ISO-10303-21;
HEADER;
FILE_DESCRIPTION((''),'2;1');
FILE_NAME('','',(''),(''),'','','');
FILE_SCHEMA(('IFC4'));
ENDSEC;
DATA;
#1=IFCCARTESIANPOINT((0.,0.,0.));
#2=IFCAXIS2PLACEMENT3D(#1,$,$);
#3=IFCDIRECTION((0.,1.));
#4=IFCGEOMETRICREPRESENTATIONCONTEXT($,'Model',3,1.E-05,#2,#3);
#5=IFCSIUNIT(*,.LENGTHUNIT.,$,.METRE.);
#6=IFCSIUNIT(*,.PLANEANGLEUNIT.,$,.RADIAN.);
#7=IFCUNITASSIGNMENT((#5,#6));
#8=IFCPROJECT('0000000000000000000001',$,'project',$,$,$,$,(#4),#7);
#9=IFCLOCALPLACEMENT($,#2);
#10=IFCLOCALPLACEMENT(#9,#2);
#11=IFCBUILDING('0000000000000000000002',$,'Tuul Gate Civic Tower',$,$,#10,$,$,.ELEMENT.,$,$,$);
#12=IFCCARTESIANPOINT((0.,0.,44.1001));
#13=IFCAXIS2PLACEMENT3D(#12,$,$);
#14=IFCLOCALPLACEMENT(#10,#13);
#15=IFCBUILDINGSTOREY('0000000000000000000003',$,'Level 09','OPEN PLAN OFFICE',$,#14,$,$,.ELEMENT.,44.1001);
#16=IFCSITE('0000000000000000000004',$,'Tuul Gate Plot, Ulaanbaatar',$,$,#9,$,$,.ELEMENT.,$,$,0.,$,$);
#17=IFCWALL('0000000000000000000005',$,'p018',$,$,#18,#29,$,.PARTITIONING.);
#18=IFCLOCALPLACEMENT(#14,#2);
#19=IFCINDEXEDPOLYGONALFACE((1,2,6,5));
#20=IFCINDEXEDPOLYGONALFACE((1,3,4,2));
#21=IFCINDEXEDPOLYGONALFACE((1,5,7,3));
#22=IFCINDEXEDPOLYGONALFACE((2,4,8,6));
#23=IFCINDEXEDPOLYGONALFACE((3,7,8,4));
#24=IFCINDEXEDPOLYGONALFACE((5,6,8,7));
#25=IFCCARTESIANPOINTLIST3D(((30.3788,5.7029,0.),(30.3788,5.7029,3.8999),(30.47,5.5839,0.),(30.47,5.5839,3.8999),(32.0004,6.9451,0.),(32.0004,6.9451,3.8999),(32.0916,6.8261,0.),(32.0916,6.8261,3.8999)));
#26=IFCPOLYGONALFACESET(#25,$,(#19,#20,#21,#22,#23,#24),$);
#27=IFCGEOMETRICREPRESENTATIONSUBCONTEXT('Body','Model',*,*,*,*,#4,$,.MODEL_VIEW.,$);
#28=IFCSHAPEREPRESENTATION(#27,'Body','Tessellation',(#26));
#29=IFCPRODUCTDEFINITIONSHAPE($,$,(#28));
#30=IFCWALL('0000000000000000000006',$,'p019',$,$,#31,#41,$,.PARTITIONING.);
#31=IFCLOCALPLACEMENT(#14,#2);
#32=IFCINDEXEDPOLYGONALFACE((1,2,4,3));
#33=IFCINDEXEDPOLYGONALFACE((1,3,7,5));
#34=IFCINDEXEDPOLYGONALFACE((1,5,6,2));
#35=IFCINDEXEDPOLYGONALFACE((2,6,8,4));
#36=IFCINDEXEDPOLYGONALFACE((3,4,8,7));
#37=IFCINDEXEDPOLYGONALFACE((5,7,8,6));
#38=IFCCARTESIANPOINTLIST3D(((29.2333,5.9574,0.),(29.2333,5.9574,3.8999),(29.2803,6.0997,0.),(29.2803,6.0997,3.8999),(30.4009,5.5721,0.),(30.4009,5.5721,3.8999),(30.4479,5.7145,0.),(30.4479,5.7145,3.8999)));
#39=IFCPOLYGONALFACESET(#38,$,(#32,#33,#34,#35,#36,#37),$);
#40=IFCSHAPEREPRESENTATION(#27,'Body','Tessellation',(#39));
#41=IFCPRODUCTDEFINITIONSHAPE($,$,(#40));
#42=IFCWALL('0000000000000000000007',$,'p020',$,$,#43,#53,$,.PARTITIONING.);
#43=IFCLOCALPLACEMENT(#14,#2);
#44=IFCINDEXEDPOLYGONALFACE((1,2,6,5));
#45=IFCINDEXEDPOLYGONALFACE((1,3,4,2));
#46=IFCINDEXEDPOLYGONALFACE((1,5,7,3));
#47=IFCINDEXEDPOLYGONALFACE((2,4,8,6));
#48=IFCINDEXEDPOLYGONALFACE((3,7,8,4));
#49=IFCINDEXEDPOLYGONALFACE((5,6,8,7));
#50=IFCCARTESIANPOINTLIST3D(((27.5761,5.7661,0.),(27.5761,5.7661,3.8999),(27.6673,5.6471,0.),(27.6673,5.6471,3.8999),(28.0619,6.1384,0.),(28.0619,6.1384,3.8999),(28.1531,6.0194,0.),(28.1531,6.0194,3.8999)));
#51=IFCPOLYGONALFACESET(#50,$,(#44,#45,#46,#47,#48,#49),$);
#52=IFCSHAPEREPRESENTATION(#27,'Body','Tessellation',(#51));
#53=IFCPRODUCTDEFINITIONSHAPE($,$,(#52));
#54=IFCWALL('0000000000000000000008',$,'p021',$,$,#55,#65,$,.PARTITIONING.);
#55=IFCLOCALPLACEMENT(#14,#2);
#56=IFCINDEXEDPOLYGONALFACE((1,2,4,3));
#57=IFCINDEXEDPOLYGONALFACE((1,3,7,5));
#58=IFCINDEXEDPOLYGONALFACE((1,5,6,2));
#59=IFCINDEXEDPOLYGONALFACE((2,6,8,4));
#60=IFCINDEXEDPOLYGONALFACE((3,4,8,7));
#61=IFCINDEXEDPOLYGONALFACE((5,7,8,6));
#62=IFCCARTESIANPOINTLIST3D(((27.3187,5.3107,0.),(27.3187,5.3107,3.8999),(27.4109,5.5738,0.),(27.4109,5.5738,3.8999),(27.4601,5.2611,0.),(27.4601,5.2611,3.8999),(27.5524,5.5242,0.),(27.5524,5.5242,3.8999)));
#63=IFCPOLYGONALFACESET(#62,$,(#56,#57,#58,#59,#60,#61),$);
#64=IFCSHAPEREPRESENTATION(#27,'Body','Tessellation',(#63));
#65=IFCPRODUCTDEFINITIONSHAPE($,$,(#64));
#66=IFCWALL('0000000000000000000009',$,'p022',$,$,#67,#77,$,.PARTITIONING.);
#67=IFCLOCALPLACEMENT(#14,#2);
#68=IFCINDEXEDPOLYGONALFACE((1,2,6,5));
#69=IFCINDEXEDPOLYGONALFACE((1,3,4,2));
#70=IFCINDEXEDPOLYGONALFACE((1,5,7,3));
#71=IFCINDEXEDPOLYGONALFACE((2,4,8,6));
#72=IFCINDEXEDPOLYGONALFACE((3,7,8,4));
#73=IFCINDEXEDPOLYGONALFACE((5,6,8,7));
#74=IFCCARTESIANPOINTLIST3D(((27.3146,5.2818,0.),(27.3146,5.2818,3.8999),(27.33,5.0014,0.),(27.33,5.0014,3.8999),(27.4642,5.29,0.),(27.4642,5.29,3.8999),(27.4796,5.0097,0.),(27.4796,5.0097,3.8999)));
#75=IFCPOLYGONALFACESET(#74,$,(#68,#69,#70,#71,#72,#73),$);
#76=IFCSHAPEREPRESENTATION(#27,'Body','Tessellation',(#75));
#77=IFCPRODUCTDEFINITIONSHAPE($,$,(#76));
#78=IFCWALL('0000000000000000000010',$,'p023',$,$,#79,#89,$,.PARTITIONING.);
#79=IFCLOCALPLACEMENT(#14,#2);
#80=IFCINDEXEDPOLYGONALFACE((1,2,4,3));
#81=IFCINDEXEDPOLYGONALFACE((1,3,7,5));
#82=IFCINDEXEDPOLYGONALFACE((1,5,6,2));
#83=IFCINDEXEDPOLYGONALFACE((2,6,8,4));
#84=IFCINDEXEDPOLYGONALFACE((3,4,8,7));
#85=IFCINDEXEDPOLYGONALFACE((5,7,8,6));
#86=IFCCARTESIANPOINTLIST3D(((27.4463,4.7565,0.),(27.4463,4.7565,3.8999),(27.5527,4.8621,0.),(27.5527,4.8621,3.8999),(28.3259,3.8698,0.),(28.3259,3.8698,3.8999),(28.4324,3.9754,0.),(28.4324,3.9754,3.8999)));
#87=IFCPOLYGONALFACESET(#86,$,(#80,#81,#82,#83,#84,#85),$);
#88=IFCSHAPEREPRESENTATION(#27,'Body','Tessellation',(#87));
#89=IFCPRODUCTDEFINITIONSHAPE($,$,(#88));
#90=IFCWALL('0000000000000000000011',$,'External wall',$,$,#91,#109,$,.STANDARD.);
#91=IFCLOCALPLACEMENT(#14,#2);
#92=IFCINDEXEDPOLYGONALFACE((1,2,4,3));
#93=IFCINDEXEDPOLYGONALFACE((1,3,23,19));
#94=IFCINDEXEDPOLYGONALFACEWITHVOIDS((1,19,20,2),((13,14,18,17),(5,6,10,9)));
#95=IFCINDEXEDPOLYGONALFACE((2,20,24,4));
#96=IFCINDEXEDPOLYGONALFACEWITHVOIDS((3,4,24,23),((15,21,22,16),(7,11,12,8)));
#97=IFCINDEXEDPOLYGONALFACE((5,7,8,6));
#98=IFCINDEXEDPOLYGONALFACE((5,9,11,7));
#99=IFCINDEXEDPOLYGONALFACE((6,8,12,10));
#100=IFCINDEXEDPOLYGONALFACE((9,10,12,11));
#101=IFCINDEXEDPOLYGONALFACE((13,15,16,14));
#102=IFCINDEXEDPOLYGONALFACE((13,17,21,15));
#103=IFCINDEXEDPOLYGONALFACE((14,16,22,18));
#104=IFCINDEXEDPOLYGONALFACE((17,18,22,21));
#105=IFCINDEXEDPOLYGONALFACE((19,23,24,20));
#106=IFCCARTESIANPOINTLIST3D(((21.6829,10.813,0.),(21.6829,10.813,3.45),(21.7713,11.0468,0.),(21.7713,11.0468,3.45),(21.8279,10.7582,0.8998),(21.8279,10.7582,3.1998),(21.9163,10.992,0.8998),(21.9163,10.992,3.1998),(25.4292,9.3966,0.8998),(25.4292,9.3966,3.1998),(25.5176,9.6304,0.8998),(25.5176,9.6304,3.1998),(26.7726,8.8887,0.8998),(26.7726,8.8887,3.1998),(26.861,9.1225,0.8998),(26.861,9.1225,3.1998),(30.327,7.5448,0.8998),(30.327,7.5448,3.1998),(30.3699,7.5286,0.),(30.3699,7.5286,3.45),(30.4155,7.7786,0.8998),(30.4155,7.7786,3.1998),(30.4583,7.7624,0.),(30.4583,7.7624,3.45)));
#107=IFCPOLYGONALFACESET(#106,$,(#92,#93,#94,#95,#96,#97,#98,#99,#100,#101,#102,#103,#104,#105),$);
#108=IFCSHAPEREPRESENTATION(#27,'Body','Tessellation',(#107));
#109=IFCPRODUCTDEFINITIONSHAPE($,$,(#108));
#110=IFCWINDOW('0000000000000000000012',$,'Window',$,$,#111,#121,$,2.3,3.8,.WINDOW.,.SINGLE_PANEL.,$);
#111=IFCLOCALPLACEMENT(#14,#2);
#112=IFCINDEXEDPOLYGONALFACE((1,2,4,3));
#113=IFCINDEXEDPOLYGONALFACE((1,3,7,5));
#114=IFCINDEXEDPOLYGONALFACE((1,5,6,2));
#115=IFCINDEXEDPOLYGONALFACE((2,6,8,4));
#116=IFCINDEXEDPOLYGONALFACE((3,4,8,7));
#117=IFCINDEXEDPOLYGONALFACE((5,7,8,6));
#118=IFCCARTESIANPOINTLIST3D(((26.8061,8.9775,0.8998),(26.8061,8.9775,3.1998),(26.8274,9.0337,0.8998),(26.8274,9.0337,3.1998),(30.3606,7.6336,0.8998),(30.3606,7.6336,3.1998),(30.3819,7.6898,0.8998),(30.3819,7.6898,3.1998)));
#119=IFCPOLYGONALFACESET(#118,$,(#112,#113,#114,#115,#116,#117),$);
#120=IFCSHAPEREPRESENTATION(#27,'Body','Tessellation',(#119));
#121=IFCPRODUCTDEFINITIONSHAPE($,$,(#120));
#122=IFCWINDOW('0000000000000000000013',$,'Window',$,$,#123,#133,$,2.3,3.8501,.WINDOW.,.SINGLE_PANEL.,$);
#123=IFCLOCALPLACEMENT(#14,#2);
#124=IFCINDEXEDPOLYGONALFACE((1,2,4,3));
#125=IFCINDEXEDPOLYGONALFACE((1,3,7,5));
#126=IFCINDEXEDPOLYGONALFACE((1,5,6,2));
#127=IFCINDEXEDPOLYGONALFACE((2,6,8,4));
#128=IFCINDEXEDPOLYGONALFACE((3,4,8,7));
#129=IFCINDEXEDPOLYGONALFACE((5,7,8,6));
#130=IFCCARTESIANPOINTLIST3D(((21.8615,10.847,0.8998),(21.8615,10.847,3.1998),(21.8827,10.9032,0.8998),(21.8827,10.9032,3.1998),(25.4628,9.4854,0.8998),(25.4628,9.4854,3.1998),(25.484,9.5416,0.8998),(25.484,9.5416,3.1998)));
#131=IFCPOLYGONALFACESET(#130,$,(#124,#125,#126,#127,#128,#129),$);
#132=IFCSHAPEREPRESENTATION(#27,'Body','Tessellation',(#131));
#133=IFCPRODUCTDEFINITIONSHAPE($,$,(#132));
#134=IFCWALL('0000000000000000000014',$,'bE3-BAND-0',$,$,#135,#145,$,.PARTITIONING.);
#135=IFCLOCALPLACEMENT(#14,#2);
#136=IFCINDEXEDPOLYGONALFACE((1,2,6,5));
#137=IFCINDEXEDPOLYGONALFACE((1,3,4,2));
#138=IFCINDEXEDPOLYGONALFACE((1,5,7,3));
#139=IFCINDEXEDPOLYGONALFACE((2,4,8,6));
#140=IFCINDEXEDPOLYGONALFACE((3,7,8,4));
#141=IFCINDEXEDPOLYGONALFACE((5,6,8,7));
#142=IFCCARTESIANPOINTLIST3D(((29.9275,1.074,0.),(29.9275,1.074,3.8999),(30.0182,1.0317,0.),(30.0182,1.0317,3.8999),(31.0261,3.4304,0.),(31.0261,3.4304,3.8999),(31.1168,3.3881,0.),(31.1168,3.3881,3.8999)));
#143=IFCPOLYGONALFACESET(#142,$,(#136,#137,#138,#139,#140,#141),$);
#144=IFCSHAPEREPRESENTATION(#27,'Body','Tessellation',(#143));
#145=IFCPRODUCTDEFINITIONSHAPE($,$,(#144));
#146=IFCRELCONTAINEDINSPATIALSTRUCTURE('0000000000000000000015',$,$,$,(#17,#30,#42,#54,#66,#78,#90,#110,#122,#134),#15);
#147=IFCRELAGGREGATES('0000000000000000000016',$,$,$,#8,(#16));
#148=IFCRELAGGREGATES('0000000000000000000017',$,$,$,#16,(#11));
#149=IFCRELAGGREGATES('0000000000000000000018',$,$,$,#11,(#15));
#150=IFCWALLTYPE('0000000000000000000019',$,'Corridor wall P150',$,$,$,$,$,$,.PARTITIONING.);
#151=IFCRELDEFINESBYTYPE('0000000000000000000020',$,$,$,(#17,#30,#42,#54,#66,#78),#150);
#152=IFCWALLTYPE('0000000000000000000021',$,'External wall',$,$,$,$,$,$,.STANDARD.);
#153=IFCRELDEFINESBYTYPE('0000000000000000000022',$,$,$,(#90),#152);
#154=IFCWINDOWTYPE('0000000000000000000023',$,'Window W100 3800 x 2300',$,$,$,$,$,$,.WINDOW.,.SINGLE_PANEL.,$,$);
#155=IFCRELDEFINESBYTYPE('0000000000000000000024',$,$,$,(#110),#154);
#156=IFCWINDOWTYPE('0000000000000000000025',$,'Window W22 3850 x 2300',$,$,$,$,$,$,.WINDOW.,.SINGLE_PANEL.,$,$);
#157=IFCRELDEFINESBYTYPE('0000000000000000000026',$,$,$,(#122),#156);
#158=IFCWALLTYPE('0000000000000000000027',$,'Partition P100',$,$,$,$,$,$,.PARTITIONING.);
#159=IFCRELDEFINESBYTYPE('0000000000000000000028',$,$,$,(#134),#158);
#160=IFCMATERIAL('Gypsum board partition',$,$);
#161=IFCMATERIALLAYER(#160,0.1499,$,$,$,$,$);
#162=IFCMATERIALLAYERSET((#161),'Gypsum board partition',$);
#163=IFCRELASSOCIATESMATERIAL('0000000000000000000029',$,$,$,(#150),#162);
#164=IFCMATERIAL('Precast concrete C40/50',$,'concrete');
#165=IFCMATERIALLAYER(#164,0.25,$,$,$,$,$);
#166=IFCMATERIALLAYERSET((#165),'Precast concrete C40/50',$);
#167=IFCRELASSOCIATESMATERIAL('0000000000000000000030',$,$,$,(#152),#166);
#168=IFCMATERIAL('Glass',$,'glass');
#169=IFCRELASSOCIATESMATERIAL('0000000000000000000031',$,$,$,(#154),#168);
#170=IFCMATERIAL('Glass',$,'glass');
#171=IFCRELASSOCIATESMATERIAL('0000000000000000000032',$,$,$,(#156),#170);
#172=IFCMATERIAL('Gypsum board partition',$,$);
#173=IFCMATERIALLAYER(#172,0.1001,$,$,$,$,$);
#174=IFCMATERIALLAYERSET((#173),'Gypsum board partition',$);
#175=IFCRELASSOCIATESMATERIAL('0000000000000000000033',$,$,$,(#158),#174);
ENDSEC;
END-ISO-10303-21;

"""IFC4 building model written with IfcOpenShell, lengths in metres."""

from ifc_helpers import new_model, si_unit, direction, frame, frame_2d, origin, place, context, subcontext, project, spatial, rectangle, extrude, material, layer, layer_set, type_object, element, fill, save


model = new_model("IFC4")

# Units and contexts
model_context = context("Model", 3, precision=1e-05, world=origin(), true_north=direction((0.0, 1.0)))
body_context = subcontext(model_context, "Body", "Model", "MODEL_VIEW")
ifc_project = project(units=[si_unit("LENGTHUNIT", "METRE"), si_unit("PLANEANGLEUNIT", "RADIAN")], contexts=[model_context])

# Site, building, storey
site_placement = place(None, origin())
site = spatial("IfcSite", under=ifc_project, at=site_placement, Name="Tuul Gate Plot, Ulaanbaatar", CompositionType="ELEMENT", RefElevation=0.0)
building_placement = place(site_placement, origin())
building = spatial("IfcBuilding", under=site, at=building_placement, Name="Tuul Gate Civic Tower", CompositionType="ELEMENT")
storey_placement = place(building_placement, frame((0.0, 0.0, 44.1001)))
storey = spatial("IfcBuildingStorey", under=building, at=storey_placement, Name="Level 09", Description="OPEN PLAN OFFICE", CompositionType="ELEMENT", Elevation=44.1001)

# Walls
ifc_material_1 = material(Name="Gypsum board partition")
ifc_layer_1 = layer(ifc_material_1, 0.1499)
ifc_layer_set_1 = layer_set([ifc_layer_1], Name="Gypsum board partition")
wall_type_1 = type_object("IfcWallType", Name="Corridor wall P150", PredefinedType="PARTITIONING", material=ifc_layer_set_1)
wall_1_placement = place(storey_placement, frame((30.4243, 5.6433, 0.0), z_axis=(0.0, 0.0, 1.0), x_axis=(0.793849, 0.608115, 0.0)))
element("IfcWall", 1, at=wall_1_placement, inside=storey, type_object=wall_type_1, Name="p018", PredefinedType="PARTITIONING", context=body_context, shape_type="SweptSolid", body=[
    extrude(rectangle(XDim=2.0427, YDim=0.1499, at=frame_2d((1.0215, 0.0))), origin(), (0.0, 0.0, 1.0), 3.8999),
])
wall_2_placement = place(storey_placement, frame((29.2568, 6.0286, 0.0), z_axis=(0.0, 0.0, 1.0), x_axis=(0.949632, -0.313367, 0.0)))
element("IfcWall", 2, at=wall_2_placement, inside=storey, type_object=wall_type_1, Name="p019", PredefinedType="PARTITIONING", context=body_context, shape_type="SweptSolid", body=[
    extrude(rectangle(XDim=1.2295, YDim=0.1499, at=frame_2d((0.6147, 0.0))), origin(), (0.0, 0.0, 1.0), 3.8999),
])
wall_3_placement = place(storey_placement, frame((27.6216, 5.7065, 0.0), z_axis=(0.0, 0.0, 1.0), x_axis=(0.793735, 0.608264, 0.0)))
element("IfcWall", 3, at=wall_3_placement, inside=storey, type_object=wall_type_1, Name="p020", PredefinedType="PARTITIONING", context=body_context, shape_type="SweptSolid", body=[
    extrude(rectangle(XDim=0.6121, YDim=0.1499, at=frame_2d((0.3062, 0.0))), origin(), (0.0, 0.0, 1.0), 3.8999),
])
wall_4_placement = place(storey_placement, frame((27.3894, 5.2859, 0.0), z_axis=(0.0, 0.0, 1.0), x_axis=(0.330896, 0.943667, 0.0)))
element("IfcWall", 4, at=wall_4_placement, inside=storey, type_object=wall_type_1, Name="p021", PredefinedType="PARTITIONING", context=body_context, shape_type="SweptSolid", body=[
    extrude(rectangle(XDim=0.2788, YDim=0.1499, at=frame_2d((0.1394, 0.0))), origin(), (0.0, 0.0, 1.0), 3.8999),
])
wall_5_placement = place(storey_placement, frame((27.3894, 5.2859, 0.0), z_axis=(0.0, 0.0, 1.0), x_axis=(0.054796, -0.998498, 0.0)))
element("IfcWall", 5, at=wall_5_placement, inside=storey, type_object=wall_type_1, Name="p022", PredefinedType="PARTITIONING", context=body_context, shape_type="SweptSolid", body=[
    extrude(rectangle(XDim=0.2808, YDim=0.1499, at=frame_2d((0.1404, 0.0))), origin(), (0.0, 0.0, 1.0), 3.8999),
])
wall_6_placement = place(storey_placement, frame((27.4995, 4.8093, 0.0), z_axis=(0.0, 0.0, 1.0), x_axis=(0.704267, -0.709935, 0.0)))
element("IfcWall", 6, at=wall_6_placement, inside=storey, type_object=wall_type_1, Name="p023", PredefinedType="PARTITIONING", context=body_context, shape_type="SweptSolid", body=[
    extrude(rectangle(XDim=1.249, YDim=0.1499, at=frame_2d((0.6245, 0.0))), origin(), (0.0, 0.0, 1.0), 3.8999),
])

# Wall, openings, windows
ifc_material_2 = material(Name="Precast concrete C40/50", Category="concrete")
ifc_layer_2 = layer(ifc_material_2, 0.25)
ifc_layer_set_2 = layer_set([ifc_layer_2], Name="Precast concrete C40/50")
wall_type_2 = type_object("IfcWallType", Name="External wall", PredefinedType="STANDARD", material=ifc_layer_set_2)
wall_7_placement = place(storey_placement, frame((30.4141, 7.6455, 0.0), z_axis=(0.0, 0.0, 1.0), x_axis=(-0.935377, 0.353652, 0.0)))
wall_7 = element("IfcWall", 7, at=wall_7_placement, inside=storey, type_object=wall_type_2, Name="External wall", PredefinedType="STANDARD", context=body_context, shape_type="SweptSolid", body=[
    extrude(rectangle(XDim=9.2871, YDim=0.25, at=frame_2d((4.6436, 0.0))), origin(), (0.0, 0.0, 1.0), 3.45),
])
opening_1_placement = place(wall_7_placement, frame((0.0459, 0.0, 0.8999)))
opening_1 = element("IfcOpeningElement", 8, at=opening_1_placement, cuts=wall_7, PredefinedType="OPENING", context=body_context, shape_type="SweptSolid", body=[
    extrude(rectangle(XDim=3.8, YDim=2.3, at=frame_2d((1.8999, 1.1499))), frame((0.0, 0.135, 0.0), z_axis=(0.0, -1.0, 0.0), x_axis=(1.0, 0.0, 0.0)), (0.0, 0.0, 1.0), 0.27),
])
opening_2_placement = place(wall_7_placement, frame((5.282, 0.0, 0.8999)))
opening_2 = element("IfcOpeningElement", 9, at=opening_2_placement, cuts=wall_7, PredefinedType="OPENING", context=body_context, shape_type="SweptSolid", body=[
    extrude(rectangle(XDim=3.8501, YDim=2.3, at=frame_2d((1.925, 1.1499))), frame((0.0, 0.135, 0.0), z_axis=(0.0, -1.0, 0.0), x_axis=(1.0, 0.0, 0.0)), (0.0, 0.0, 1.0), 0.27),
])
ifc_material_3 = material(Name="Glass", Category="glass")
window_type_1 = type_object("IfcWindowType", Name="Window W100 3800 x 2300", PartitioningType="SINGLE_PANEL", PredefinedType="WINDOW", material=ifc_material_3)
window_1_placement = place(opening_1_placement, origin())
window_1 = element("IfcWindow", 10, at=window_1_placement, inside=storey, type_object=window_type_1, Name="Window", OverallHeight=2.3, OverallWidth=3.8, PartitioningType="SINGLE_PANEL", PredefinedType="WINDOW", context=body_context, shape_type="SweptSolid", body=[
    extrude(rectangle(XDim=3.8, YDim=2.3, at=frame_2d((1.8999, 1.1499))), frame((0.0, 0.03, 0.0), z_axis=(0.0, -1.0, 0.0), x_axis=(1.0, 0.0, 0.0)), (0.0, 0.0, 1.0), 0.0601),
])
fill(opening_1, window_1)
ifc_material_4 = material(Name="Glass", Category="glass")
window_type_2 = type_object("IfcWindowType", Name="Window W22 3850 x 2300", PartitioningType="SINGLE_PANEL", PredefinedType="WINDOW", material=ifc_material_4)
window_2_placement = place(opening_2_placement, origin())
window_2 = element("IfcWindow", 11, at=window_2_placement, inside=storey, type_object=window_type_2, Name="Window", OverallHeight=2.3, OverallWidth=3.8501, PartitioningType="SINGLE_PANEL", PredefinedType="WINDOW", context=body_context, shape_type="SweptSolid", body=[
    extrude(rectangle(XDim=3.8501, YDim=2.3, at=frame_2d((1.925, 1.1499))), frame((0.0, 0.03, 0.0), z_axis=(0.0, -1.0, 0.0), x_axis=(1.0, 0.0, 0.0)), (0.0, 0.0, 1.0), 0.0601),
])
fill(opening_2, window_2)

# Wall
ifc_material_5 = material(Name="Gypsum board partition")
ifc_layer_3 = layer(ifc_material_5, 0.1001)
ifc_layer_set_3 = layer_set([ifc_layer_3], Name="Gypsum board partition")
wall_type_3 = type_object("IfcWallType", Name="Partition P100", PredefinedType="PARTITIONING", material=ifc_layer_set_3)
wall_8_placement = place(storey_placement, frame((29.9729, 1.053, 0.0), z_axis=(0.0, 0.0, 1.0), x_axis=(0.422556, 0.906337, 0.0)))
element("IfcWall", 12, at=wall_8_placement, inside=storey, type_object=wall_type_3, Name="bE3-BAND-0", PredefinedType="PARTITIONING", context=body_context, shape_type="SweptSolid", body=[
    extrude(rectangle(XDim=2.5999, YDim=0.1001, at=frame_2d((1.2998, 0.0))), origin(), (0.0, 0.0, 1.0), 3.8999),
])

save(model, "model.ifc")
